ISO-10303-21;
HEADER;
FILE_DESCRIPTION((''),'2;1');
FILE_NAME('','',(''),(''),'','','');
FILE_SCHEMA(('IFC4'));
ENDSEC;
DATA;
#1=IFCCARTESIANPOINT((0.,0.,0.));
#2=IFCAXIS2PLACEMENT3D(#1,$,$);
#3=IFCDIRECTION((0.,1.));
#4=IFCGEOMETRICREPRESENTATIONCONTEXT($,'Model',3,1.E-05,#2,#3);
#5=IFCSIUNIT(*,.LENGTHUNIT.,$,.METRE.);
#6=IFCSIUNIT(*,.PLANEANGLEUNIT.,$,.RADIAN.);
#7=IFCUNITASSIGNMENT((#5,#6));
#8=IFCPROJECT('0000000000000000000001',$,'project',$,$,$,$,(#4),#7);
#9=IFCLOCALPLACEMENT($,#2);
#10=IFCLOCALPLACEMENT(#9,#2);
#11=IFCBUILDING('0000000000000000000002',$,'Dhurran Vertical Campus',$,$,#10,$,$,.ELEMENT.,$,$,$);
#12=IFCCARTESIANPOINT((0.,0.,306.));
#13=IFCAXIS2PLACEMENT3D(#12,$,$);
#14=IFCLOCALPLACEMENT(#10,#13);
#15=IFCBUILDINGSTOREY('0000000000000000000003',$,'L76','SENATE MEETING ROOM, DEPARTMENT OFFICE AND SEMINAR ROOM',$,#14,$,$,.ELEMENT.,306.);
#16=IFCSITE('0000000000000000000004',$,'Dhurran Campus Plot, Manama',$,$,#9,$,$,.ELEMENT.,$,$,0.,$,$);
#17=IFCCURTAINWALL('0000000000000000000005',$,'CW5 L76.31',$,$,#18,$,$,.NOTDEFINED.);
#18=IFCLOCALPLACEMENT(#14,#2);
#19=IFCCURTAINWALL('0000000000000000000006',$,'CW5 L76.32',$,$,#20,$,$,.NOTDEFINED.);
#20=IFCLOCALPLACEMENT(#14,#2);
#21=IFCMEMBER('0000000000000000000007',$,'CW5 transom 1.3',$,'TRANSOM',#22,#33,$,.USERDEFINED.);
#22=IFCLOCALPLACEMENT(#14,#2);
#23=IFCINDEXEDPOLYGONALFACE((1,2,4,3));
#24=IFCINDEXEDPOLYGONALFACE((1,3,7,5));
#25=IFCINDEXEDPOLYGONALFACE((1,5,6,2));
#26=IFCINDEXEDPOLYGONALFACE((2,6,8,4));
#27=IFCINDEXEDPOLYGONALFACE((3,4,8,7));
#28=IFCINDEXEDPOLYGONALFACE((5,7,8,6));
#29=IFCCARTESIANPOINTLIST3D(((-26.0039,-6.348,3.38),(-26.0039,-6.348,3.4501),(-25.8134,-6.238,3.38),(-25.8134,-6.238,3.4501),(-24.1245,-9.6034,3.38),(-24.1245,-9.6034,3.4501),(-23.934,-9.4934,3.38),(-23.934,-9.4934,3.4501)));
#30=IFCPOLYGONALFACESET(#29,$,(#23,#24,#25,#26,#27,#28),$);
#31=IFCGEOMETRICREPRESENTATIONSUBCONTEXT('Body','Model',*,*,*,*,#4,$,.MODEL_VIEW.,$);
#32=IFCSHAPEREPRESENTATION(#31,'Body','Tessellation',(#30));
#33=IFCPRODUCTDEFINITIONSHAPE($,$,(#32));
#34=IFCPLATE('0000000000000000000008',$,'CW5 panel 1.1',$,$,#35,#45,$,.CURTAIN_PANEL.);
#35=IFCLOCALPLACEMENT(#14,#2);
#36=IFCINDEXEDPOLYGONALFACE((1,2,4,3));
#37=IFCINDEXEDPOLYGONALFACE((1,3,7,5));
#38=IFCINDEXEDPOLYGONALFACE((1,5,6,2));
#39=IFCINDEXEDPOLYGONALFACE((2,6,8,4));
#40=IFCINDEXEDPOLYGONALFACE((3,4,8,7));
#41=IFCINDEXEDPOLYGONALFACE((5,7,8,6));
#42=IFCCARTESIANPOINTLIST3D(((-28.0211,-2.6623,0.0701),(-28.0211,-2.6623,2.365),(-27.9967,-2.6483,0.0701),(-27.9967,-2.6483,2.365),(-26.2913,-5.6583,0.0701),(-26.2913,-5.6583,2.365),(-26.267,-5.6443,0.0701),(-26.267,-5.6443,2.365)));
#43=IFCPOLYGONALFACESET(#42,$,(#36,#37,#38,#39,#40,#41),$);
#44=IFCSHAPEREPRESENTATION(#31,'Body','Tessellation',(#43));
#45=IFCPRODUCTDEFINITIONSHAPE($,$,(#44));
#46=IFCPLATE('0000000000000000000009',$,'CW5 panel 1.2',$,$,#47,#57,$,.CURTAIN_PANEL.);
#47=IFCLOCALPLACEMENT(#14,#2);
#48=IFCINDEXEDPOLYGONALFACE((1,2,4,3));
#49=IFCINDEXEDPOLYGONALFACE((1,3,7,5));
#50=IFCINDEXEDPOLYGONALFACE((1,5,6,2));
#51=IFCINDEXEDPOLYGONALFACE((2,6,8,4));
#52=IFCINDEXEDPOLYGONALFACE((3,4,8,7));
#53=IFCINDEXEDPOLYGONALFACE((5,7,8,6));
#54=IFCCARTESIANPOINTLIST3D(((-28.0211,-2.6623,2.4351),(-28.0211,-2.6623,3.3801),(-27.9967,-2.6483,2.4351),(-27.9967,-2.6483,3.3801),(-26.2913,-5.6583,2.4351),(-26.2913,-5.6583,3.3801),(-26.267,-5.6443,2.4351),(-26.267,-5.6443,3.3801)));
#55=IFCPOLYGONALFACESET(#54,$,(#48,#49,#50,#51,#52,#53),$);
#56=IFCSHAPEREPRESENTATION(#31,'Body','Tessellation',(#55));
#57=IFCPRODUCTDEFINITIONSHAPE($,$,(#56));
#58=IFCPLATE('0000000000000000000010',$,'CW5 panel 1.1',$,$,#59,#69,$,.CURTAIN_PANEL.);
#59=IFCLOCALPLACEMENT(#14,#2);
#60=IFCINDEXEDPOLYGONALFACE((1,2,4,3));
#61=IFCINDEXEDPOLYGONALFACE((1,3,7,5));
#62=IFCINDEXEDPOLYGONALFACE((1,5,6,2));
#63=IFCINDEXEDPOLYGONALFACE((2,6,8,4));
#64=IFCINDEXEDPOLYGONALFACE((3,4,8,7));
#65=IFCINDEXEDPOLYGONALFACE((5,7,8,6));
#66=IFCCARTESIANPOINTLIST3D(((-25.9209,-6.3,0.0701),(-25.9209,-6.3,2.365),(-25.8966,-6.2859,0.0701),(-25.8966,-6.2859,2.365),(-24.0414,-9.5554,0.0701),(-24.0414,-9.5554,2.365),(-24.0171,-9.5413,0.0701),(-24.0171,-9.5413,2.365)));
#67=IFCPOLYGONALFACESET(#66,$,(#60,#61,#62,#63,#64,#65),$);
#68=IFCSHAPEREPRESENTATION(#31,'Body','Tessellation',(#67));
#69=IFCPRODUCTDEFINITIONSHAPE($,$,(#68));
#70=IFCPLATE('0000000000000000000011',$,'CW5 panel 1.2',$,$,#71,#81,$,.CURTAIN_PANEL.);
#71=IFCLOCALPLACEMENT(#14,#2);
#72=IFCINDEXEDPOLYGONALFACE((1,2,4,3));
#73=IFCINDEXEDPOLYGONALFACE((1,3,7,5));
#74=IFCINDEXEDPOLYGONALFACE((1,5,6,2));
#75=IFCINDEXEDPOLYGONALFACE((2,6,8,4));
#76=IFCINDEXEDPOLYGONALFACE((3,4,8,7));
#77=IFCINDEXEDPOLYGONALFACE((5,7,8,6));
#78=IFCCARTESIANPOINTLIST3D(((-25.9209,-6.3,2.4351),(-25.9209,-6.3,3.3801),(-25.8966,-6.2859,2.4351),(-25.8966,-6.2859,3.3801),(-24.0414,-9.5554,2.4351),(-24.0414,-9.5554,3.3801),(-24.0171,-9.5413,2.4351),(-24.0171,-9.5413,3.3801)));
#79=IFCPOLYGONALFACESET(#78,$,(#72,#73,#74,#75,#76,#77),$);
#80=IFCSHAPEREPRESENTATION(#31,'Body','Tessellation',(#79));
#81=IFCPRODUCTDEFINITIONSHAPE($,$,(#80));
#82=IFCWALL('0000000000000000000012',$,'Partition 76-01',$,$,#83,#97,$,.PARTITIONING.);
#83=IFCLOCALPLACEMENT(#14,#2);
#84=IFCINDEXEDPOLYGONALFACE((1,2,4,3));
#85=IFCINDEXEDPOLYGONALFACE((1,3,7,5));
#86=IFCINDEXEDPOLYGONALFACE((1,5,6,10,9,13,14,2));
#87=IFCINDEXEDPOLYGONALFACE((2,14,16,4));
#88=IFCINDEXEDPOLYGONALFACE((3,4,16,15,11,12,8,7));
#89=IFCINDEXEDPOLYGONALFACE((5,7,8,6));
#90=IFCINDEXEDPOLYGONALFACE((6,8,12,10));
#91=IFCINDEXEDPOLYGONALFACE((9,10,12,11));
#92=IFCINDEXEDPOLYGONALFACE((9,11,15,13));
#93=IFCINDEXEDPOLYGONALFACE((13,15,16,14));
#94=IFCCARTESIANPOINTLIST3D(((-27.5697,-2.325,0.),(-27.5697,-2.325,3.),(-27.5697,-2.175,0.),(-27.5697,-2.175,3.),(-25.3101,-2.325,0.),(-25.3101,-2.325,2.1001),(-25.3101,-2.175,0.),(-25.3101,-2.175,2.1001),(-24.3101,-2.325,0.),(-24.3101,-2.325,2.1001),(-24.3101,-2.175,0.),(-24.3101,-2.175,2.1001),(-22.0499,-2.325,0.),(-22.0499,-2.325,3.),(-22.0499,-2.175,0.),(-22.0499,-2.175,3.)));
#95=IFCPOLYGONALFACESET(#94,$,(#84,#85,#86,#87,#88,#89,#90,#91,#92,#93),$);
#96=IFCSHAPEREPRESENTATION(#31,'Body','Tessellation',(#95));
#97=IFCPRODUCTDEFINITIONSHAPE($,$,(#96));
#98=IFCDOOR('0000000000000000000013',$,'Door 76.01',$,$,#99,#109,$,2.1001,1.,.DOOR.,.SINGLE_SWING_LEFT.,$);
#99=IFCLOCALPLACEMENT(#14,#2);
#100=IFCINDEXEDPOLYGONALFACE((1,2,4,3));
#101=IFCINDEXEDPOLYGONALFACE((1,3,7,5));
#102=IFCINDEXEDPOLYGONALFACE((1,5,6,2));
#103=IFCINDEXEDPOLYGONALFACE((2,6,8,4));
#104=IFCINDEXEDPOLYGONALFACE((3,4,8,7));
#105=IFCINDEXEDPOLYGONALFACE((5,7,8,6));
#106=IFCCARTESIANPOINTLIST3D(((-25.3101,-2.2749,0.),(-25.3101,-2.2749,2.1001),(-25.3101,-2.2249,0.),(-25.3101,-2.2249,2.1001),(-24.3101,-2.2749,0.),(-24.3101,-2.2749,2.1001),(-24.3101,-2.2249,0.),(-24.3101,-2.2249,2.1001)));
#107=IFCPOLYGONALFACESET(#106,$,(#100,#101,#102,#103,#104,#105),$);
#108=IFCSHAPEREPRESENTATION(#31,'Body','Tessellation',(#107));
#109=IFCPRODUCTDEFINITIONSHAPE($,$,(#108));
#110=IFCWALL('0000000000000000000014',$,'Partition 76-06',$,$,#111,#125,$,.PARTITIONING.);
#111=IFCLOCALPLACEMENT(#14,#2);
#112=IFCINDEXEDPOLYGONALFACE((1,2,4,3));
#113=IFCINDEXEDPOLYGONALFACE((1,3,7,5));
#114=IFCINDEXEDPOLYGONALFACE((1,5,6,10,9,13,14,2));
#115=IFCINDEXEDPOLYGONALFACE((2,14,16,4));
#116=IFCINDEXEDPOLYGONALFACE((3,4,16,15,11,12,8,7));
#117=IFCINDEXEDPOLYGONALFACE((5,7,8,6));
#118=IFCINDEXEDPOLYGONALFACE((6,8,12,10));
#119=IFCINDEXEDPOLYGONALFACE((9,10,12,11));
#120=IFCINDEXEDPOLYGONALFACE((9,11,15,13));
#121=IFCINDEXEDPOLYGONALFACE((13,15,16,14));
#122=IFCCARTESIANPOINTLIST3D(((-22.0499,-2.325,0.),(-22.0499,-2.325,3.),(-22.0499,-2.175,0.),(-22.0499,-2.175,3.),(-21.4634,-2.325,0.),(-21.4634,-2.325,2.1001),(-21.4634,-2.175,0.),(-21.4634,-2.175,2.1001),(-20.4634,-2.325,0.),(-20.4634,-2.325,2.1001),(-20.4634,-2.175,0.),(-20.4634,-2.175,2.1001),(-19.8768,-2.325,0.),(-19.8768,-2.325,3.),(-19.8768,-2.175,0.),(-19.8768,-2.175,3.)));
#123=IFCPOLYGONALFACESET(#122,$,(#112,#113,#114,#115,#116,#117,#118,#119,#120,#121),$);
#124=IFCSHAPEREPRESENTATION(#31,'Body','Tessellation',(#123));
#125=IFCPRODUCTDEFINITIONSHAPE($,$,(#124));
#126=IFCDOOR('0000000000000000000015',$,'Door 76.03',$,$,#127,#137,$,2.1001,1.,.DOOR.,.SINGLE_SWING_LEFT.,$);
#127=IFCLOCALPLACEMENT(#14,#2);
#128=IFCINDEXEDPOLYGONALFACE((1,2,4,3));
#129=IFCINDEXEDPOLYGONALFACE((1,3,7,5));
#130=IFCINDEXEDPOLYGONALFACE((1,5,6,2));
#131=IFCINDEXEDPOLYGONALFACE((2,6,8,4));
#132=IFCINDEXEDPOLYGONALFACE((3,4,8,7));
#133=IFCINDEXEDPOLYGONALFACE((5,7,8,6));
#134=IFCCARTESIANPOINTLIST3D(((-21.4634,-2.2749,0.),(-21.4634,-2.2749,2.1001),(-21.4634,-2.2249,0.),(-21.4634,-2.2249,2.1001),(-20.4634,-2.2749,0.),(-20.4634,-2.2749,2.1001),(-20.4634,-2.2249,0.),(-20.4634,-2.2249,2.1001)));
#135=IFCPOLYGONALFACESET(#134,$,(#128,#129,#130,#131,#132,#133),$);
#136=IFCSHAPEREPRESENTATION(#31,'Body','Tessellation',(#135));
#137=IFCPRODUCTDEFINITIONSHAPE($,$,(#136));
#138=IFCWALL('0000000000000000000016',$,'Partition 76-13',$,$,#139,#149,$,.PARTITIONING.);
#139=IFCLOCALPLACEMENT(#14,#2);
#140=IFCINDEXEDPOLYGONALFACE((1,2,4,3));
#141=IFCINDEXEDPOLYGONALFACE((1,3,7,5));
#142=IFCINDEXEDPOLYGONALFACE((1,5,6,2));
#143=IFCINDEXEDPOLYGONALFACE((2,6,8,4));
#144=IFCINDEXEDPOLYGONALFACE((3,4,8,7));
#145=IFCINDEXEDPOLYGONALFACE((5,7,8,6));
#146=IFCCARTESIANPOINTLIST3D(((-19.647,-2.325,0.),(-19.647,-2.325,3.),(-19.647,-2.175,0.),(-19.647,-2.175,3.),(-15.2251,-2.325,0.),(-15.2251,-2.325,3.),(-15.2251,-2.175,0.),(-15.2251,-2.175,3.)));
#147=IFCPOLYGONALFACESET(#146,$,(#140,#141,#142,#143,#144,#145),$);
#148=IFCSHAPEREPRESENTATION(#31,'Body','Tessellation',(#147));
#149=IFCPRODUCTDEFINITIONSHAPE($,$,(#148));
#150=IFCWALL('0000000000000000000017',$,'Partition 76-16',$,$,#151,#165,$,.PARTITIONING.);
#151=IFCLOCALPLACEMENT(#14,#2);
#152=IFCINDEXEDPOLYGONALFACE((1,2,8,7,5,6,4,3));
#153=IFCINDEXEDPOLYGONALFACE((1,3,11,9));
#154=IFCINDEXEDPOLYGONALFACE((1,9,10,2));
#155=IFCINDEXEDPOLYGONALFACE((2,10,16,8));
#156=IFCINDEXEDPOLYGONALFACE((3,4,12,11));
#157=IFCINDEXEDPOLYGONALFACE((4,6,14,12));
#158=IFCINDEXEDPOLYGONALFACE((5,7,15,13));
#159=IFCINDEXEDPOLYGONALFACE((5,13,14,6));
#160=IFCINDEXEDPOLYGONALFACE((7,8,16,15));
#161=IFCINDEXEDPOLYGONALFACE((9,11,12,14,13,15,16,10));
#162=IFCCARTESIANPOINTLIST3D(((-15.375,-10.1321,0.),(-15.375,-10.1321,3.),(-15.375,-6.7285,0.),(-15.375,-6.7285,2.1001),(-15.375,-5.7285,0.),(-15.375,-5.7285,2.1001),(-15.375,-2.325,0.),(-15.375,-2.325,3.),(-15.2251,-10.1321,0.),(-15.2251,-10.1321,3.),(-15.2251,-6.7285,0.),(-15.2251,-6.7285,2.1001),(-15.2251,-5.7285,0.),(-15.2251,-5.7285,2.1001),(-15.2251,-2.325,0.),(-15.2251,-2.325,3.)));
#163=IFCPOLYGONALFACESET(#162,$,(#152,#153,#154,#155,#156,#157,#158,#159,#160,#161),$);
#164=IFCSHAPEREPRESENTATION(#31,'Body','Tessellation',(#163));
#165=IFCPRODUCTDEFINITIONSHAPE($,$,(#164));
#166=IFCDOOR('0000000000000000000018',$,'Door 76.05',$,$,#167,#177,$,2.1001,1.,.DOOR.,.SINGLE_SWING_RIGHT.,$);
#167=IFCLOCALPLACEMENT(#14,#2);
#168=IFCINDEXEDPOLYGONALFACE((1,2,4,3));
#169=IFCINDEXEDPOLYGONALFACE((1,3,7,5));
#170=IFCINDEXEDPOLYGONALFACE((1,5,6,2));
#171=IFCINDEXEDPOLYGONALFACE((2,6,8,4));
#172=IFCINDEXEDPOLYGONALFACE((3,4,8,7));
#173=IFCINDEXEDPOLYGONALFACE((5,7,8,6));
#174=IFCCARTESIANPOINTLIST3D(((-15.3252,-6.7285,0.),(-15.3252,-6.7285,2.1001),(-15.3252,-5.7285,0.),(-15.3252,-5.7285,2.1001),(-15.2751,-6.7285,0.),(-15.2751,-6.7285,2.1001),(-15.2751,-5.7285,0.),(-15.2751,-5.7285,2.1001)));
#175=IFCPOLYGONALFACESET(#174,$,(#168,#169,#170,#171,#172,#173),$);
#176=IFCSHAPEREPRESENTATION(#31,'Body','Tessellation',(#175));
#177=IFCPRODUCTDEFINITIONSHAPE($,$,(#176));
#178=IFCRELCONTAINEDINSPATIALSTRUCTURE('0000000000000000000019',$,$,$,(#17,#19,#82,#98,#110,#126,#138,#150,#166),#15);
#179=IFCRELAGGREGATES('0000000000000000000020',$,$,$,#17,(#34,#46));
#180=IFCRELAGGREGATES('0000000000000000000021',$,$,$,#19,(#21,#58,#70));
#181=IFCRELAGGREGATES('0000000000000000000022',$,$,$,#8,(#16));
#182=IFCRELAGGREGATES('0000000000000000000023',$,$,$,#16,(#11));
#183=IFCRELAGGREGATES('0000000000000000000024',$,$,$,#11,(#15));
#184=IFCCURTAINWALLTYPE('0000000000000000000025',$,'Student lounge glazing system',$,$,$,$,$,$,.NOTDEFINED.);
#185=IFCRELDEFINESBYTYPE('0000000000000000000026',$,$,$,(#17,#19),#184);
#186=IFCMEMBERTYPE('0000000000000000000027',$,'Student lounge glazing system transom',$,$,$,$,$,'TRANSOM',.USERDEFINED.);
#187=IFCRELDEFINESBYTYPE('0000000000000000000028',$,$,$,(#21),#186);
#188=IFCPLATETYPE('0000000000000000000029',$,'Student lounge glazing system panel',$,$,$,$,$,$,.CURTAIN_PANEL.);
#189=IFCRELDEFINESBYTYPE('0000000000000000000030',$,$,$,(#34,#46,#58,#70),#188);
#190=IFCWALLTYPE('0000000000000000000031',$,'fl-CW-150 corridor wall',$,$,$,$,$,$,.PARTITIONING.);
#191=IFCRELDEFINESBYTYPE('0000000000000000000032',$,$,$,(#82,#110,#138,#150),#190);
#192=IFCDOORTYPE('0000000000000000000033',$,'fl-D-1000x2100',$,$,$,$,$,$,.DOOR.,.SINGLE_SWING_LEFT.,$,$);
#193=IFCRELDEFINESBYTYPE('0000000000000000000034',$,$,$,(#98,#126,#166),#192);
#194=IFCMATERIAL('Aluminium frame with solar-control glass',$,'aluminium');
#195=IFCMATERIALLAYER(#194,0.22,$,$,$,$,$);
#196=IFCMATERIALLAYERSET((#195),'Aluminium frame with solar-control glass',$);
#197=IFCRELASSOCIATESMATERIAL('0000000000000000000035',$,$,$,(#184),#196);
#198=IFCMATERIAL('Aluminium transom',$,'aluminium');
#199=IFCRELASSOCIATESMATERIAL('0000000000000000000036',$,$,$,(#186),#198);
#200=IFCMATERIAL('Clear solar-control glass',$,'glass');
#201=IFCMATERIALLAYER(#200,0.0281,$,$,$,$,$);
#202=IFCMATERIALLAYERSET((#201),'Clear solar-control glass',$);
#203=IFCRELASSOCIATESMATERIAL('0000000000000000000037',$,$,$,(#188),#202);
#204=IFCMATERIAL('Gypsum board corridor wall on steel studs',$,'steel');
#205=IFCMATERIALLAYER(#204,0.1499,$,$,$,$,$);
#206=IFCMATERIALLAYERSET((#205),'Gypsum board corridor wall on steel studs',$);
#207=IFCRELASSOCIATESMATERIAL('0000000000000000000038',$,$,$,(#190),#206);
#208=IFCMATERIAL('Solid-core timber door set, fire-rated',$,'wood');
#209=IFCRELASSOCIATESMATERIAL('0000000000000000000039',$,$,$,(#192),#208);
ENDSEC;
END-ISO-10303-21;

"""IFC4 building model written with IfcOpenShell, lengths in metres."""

from ifc_helpers import new_model, si_unit, direction, frame, frame_2d, origin, origin_2d, place, context, subcontext, project, spatial, rectangle, extrude, material, layer, layer_set, material_profile, profile_set, type_object, element, fill, aggregate, save


model = new_model("IFC4")

# Units and contexts
model_context = context("Model", 3, precision=1e-05, world=origin(), true_north=direction((0.0, 1.0)))
body_context = subcontext(model_context, "Body", "Model", "MODEL_VIEW")
ifc_project = project(units=[si_unit("LENGTHUNIT", "METRE"), si_unit("PLANEANGLEUNIT", "RADIAN")], contexts=[model_context])

# Site, building, storey
site_placement = place(None, origin())
site = spatial("IfcSite", under=ifc_project, at=site_placement, Name="Dhurran Campus Plot, Manama", CompositionType="ELEMENT", RefElevation=0.0)
building_placement = place(site_placement, origin())
building = spatial("IfcBuilding", under=site, at=building_placement, Name="Dhurran Vertical Campus", CompositionType="ELEMENT")
storey_placement = place(building_placement, frame((0.0, 0.0, 306.0)))
storey = spatial("IfcBuildingStorey", under=building, at=storey_placement, Name="L76", Description="SENATE MEETING ROOM, DEPARTMENT OFFICE AND SEMINAR ROOM", CompositionType="ELEMENT", Elevation=306.0)

# Shared definitions
ifc_material_1 = material(Name="Aluminium frame with solar-control glass", Category="aluminium")
ifc_layer_1 = layer(ifc_material_1, 0.22)
ifc_layer_set_1 = layer_set([ifc_layer_1], Name="Aluminium frame with solar-control glass")
curtain_wall_type = type_object("IfcCurtainWallType", Name="Student lounge glazing system", PredefinedType="NOTDEFINED", material=ifc_layer_set_1)

# Curtain walls
curtain_wall_1_placement = place(storey_placement, origin())
curtain_wall_1 = element("IfcCurtainWall", 1, at=curtain_wall_1_placement, inside=storey, type_object=curtain_wall_type, Name="CW5 L76.31", PredefinedType="NOTDEFINED")
curtain_wall_2_placement = place(storey_placement, origin())
curtain_wall_2 = element("IfcCurtainWall", 2, at=curtain_wall_2_placement, inside=storey, type_object=curtain_wall_type, Name="CW5 L76.32", PredefinedType="NOTDEFINED")

# Member
ifc_material_2 = material(Name="Aluminium transom", Category="aluminium")
ifc_material_profile_1 = material_profile(ifc_material_2, rectangle(XDim=0.22, YDim=0.0701, at=origin_2d()), Name="Student lounge glazing system transom")
ifc_profile_set_1 = profile_set([ifc_material_profile_1], Name="Aluminium transom")
member_type_1 = type_object("IfcMemberType", Name="Student lounge glazing system transom", ElementType="TRANSOM", PredefinedType="USERDEFINED", material=ifc_profile_set_1)
member_1_placement = place(storey_placement, frame((-25.9087, -6.293, 3.415), z_axis=(0.499981, -0.866036, 0.0), x_axis=(0.866036, 0.499981, 0.0)))
member_1 = element("IfcMember", 3, at=member_1_placement, type_object=member_type_1, Name="CW5 transom 1.3", ObjectType="TRANSOM", PredefinedType="USERDEFINED", context=body_context, shape_type="SweptSolid", body=[
    extrude(rectangle(XDim=0.22, YDim=0.0701, at=origin_2d()), origin(), (0.0, 0.0, 1.0), 3.759),
])

# Plates
ifc_material_3 = material(Name="Clear solar-control glass", Category="glass")
ifc_layer_2 = layer(ifc_material_3, 0.0281)
ifc_layer_set_2 = layer_set([ifc_layer_2], Name="Clear solar-control glass")
plate_type = type_object("IfcPlateType", Name="Student lounge glazing system panel", PredefinedType="CURTAIN_PANEL", material=ifc_layer_set_2)
plate_1_placement = place(storey_placement, frame((-27.144, -4.1533, 0.0701), z_axis=(0.0, 0.0, 1.0), x_axis=(0.499997, -0.866027, 0.0)))
plate_1 = element("IfcPlate", 4, at=plate_1_placement, type_object=plate_type, Name="CW5 panel 1.1", PredefinedType="CURTAIN_PANEL", context=body_context, shape_type="SweptSolid", body=[
    extrude(rectangle(XDim=3.4595, YDim=0.0281, at=origin_2d()), origin(), (0.0, 0.0, 1.0), 2.2949),
])
plate_2_placement = place(storey_placement, frame((-27.144, -4.1533, 2.4351), z_axis=(0.0, 0.0, 1.0), x_axis=(0.499997, -0.866027, 0.0)))
plate_2 = element("IfcPlate", 5, at=plate_2_placement, type_object=plate_type, Name="CW5 panel 1.2", PredefinedType="CURTAIN_PANEL", context=body_context, shape_type="SweptSolid", body=[
    extrude(rectangle(XDim=3.4595, YDim=0.0281, at=origin_2d()), origin(), (0.0, 0.0, 1.0), 0.9451),
])
aggregate(curtain_wall_1, [plate_1, plate_2])
plate_3_placement = place(storey_placement, frame((-24.969, -7.9207, 0.0701), z_axis=(0.0, 0.0, 1.0), x_axis=(0.500004, -0.866023, 0.0)))
plate_3 = element("IfcPlate", 6, at=plate_3_placement, type_object=plate_type, Name="CW5 panel 1.1", PredefinedType="CURTAIN_PANEL", context=body_context, shape_type="SweptSolid", body=[
    extrude(rectangle(XDim=3.759, YDim=0.0281, at=origin_2d()), origin(), (0.0, 0.0, 1.0), 2.2949),
])
plate_4_placement = place(storey_placement, frame((-24.969, -7.9207, 2.4351), z_axis=(0.0, 0.0, 1.0), x_axis=(0.500004, -0.866023, 0.0)))
plate_4 = element("IfcPlate", 7, at=plate_4_placement, type_object=plate_type, Name="CW5 panel 1.2", PredefinedType="CURTAIN_PANEL", context=body_context, shape_type="SweptSolid", body=[
    extrude(rectangle(XDim=3.759, YDim=0.0281, at=origin_2d()), origin(), (0.0, 0.0, 1.0), 0.9451),
])
aggregate(curtain_wall_2, [member_1, plate_3, plate_4])

# Walls, openings, doors
ifc_material_4 = material(Name="Gypsum board corridor wall on steel studs", Category="steel")
ifc_layer_3 = layer(ifc_material_4, 0.1499)
ifc_layer_set_3 = layer_set([ifc_layer_3], Name="Gypsum board corridor wall on steel studs")
wall_type_1 = type_object("IfcWallType", Name="fl-CW-150 corridor wall", PredefinedType="PARTITIONING", material=ifc_layer_set_3)
wall_1_placement = place(storey_placement, frame((-22.05, -2.25, 0.0), z_axis=(0.0, 0.0, 1.0), x_axis=(-1.0, 0.0, 0.0)))
wall_1 = element("IfcWall", 8, at=wall_1_placement, inside=storey, type_object=wall_type_1, Name="Partition 76-01", PredefinedType="PARTITIONING", context=body_context, shape_type="SweptSolid", body=[
    extrude(rectangle(XDim=5.5198, YDim=0.1499, at=frame_2d((2.7598, 0.0))), origin(), (0.0, 0.0, 1.0), 3.0),
])
opening_1_placement = place(wall_1_placement, frame((2.26, 0.0, 0.0)))
opening_1 = element("IfcOpeningElement", 9, at=opening_1_placement, cuts=wall_1, PredefinedType="OPENING", context=body_context, shape_type="SweptSolid", body=[
    extrude(rectangle(XDim=1.0, YDim=2.1001, at=frame_2d((0.5, 1.05))), frame((0.0, 0.085, 0.0), z_axis=(0.0, -1.0, 0.0), x_axis=(1.0, 0.0, 0.0)), (0.0, 0.0, 1.0), 0.1699),
])
ifc_material_5 = material(Name="Solid-core timber door set, fire-rated", Category="wood")
door_type = type_object("IfcDoorType", Name="fl-D-1000x2100", OperationType="SINGLE_SWING_LEFT", PredefinedType="DOOR", material=ifc_material_5)
door_1_placement = place(opening_1_placement, origin())
door_1 = element("IfcDoor", 10, at=door_1_placement, inside=storey, type_object=door_type, Name="Door 76.01", OperationType="SINGLE_SWING_LEFT", OverallHeight=2.1001, OverallWidth=1.0, PredefinedType="DOOR", context=body_context, shape_type="SweptSolid", body=[
    extrude(rectangle(XDim=1.0, YDim=2.1001, at=frame_2d((0.5, 1.05))), frame((0.0, 0.0249, 0.0), z_axis=(0.0, -1.0, 0.0), x_axis=(1.0, 0.0, 0.0)), (0.0, 0.0, 1.0), 0.05),
])
fill(opening_1, door_1)
wall_2_placement = place(storey_placement, frame((-19.877, -2.25, 0.0), z_axis=(0.0, 0.0, 1.0), x_axis=(-1.0, 0.0, 0.0)))
wall_2 = element("IfcWall", 11, at=wall_2_placement, inside=storey, type_object=wall_type_1, Name="Partition 76-06", PredefinedType="PARTITIONING", context=body_context, shape_type="SweptSolid", body=[
    extrude(rectangle(XDim=2.1731, YDim=0.1499, at=frame_2d((1.0864, 0.0))), origin(), (0.0, 0.0, 1.0), 3.0),
])
opening_2_placement = place(wall_2_placement, frame((0.5864, 0.0, 0.0)))
opening_2 = element("IfcOpeningElement", 12, at=opening_2_placement, cuts=wall_2, PredefinedType="OPENING", context=body_context, shape_type="SweptSolid", body=[
    extrude(rectangle(XDim=1.0, YDim=2.1001, at=frame_2d((0.5, 1.05))), frame((0.0, 0.085, 0.0), z_axis=(0.0, -1.0, 0.0), x_axis=(1.0, 0.0, 0.0)), (0.0, 0.0, 1.0), 0.1699),
])
door_2_placement = place(opening_2_placement, origin())
door_2 = element("IfcDoor", 13, at=door_2_placement, inside=storey, type_object=door_type, Name="Door 76.03", OperationType="SINGLE_SWING_LEFT", OverallHeight=2.1001, OverallWidth=1.0, PredefinedType="DOOR", context=body_context, shape_type="SweptSolid", body=[
    extrude(rectangle(XDim=1.0, YDim=2.1001, at=frame_2d((0.5, 1.05))), frame((0.0, 0.0249, 0.0), z_axis=(0.0, -1.0, 0.0), x_axis=(1.0, 0.0, 0.0)), (0.0, 0.0, 1.0), 0.05),
])
fill(opening_2, door_2)

# Wall
wall_3_placement = place(storey_placement, frame((-15.2251, -2.25, 0.0), z_axis=(0.0, 0.0, 1.0), x_axis=(-1.0, 0.0, 0.0)))
element("IfcWall", 14, at=wall_3_placement, inside=storey, type_object=wall_type_1, Name="Partition 76-13", PredefinedType="PARTITIONING", context=body_context, shape_type="SweptSolid", body=[
    extrude(rectangle(XDim=4.4219, YDim=0.1499, at=frame_2d((2.2109, 0.0))), origin(), (0.0, 0.0, 1.0), 3.0),
])

# Wall, opening, door
wall_4_placement = place(storey_placement, frame((-15.3, -2.325, 0.0), z_axis=(0.0, 0.0, 1.0), x_axis=(0.0, -1.0, 0.0)))
wall_4 = element("IfcWall", 15, at=wall_4_placement, inside=storey, type_object=wall_type_1, Name="Partition 76-16", PredefinedType="PARTITIONING", context=body_context, shape_type="SweptSolid", body=[
    extrude(rectangle(XDim=7.8071, YDim=0.1499, at=frame_2d((3.9036, 0.0))), origin(), (0.0, 0.0, 1.0), 3.0),
])
opening_3_placement = place(wall_4_placement, frame((3.4036, 0.0, 0.0)))
opening_3 = element("IfcOpeningElement", 16, at=opening_3_placement, cuts=wall_4, PredefinedType="OPENING", context=body_context, shape_type="SweptSolid", body=[
    extrude(rectangle(XDim=1.0, YDim=2.1001, at=frame_2d((0.5, 1.05))), frame((0.0, 0.085, 0.0), z_axis=(0.0, -1.0, 0.0), x_axis=(1.0, 0.0, 0.0)), (0.0, 0.0, 1.0), 0.1699),
])
door_3_placement = place(opening_3_placement, origin())
door_3 = element("IfcDoor", 17, at=door_3_placement, inside=storey, type_object=door_type, Name="Door 76.05", OperationType="SINGLE_SWING_RIGHT", OverallHeight=2.1001, OverallWidth=1.0, PredefinedType="DOOR", context=body_context, shape_type="SweptSolid", body=[
    extrude(rectangle(XDim=1.0, YDim=2.1001, at=frame_2d((0.5, 1.05))), frame((0.0, 0.0249, 0.0), z_axis=(0.0, -1.0, 0.0), x_axis=(1.0, 0.0, 0.0)), (0.0, 0.0, 1.0), 0.05),
])
fill(opening_3, door_3)

save(model, "model.ifc")
